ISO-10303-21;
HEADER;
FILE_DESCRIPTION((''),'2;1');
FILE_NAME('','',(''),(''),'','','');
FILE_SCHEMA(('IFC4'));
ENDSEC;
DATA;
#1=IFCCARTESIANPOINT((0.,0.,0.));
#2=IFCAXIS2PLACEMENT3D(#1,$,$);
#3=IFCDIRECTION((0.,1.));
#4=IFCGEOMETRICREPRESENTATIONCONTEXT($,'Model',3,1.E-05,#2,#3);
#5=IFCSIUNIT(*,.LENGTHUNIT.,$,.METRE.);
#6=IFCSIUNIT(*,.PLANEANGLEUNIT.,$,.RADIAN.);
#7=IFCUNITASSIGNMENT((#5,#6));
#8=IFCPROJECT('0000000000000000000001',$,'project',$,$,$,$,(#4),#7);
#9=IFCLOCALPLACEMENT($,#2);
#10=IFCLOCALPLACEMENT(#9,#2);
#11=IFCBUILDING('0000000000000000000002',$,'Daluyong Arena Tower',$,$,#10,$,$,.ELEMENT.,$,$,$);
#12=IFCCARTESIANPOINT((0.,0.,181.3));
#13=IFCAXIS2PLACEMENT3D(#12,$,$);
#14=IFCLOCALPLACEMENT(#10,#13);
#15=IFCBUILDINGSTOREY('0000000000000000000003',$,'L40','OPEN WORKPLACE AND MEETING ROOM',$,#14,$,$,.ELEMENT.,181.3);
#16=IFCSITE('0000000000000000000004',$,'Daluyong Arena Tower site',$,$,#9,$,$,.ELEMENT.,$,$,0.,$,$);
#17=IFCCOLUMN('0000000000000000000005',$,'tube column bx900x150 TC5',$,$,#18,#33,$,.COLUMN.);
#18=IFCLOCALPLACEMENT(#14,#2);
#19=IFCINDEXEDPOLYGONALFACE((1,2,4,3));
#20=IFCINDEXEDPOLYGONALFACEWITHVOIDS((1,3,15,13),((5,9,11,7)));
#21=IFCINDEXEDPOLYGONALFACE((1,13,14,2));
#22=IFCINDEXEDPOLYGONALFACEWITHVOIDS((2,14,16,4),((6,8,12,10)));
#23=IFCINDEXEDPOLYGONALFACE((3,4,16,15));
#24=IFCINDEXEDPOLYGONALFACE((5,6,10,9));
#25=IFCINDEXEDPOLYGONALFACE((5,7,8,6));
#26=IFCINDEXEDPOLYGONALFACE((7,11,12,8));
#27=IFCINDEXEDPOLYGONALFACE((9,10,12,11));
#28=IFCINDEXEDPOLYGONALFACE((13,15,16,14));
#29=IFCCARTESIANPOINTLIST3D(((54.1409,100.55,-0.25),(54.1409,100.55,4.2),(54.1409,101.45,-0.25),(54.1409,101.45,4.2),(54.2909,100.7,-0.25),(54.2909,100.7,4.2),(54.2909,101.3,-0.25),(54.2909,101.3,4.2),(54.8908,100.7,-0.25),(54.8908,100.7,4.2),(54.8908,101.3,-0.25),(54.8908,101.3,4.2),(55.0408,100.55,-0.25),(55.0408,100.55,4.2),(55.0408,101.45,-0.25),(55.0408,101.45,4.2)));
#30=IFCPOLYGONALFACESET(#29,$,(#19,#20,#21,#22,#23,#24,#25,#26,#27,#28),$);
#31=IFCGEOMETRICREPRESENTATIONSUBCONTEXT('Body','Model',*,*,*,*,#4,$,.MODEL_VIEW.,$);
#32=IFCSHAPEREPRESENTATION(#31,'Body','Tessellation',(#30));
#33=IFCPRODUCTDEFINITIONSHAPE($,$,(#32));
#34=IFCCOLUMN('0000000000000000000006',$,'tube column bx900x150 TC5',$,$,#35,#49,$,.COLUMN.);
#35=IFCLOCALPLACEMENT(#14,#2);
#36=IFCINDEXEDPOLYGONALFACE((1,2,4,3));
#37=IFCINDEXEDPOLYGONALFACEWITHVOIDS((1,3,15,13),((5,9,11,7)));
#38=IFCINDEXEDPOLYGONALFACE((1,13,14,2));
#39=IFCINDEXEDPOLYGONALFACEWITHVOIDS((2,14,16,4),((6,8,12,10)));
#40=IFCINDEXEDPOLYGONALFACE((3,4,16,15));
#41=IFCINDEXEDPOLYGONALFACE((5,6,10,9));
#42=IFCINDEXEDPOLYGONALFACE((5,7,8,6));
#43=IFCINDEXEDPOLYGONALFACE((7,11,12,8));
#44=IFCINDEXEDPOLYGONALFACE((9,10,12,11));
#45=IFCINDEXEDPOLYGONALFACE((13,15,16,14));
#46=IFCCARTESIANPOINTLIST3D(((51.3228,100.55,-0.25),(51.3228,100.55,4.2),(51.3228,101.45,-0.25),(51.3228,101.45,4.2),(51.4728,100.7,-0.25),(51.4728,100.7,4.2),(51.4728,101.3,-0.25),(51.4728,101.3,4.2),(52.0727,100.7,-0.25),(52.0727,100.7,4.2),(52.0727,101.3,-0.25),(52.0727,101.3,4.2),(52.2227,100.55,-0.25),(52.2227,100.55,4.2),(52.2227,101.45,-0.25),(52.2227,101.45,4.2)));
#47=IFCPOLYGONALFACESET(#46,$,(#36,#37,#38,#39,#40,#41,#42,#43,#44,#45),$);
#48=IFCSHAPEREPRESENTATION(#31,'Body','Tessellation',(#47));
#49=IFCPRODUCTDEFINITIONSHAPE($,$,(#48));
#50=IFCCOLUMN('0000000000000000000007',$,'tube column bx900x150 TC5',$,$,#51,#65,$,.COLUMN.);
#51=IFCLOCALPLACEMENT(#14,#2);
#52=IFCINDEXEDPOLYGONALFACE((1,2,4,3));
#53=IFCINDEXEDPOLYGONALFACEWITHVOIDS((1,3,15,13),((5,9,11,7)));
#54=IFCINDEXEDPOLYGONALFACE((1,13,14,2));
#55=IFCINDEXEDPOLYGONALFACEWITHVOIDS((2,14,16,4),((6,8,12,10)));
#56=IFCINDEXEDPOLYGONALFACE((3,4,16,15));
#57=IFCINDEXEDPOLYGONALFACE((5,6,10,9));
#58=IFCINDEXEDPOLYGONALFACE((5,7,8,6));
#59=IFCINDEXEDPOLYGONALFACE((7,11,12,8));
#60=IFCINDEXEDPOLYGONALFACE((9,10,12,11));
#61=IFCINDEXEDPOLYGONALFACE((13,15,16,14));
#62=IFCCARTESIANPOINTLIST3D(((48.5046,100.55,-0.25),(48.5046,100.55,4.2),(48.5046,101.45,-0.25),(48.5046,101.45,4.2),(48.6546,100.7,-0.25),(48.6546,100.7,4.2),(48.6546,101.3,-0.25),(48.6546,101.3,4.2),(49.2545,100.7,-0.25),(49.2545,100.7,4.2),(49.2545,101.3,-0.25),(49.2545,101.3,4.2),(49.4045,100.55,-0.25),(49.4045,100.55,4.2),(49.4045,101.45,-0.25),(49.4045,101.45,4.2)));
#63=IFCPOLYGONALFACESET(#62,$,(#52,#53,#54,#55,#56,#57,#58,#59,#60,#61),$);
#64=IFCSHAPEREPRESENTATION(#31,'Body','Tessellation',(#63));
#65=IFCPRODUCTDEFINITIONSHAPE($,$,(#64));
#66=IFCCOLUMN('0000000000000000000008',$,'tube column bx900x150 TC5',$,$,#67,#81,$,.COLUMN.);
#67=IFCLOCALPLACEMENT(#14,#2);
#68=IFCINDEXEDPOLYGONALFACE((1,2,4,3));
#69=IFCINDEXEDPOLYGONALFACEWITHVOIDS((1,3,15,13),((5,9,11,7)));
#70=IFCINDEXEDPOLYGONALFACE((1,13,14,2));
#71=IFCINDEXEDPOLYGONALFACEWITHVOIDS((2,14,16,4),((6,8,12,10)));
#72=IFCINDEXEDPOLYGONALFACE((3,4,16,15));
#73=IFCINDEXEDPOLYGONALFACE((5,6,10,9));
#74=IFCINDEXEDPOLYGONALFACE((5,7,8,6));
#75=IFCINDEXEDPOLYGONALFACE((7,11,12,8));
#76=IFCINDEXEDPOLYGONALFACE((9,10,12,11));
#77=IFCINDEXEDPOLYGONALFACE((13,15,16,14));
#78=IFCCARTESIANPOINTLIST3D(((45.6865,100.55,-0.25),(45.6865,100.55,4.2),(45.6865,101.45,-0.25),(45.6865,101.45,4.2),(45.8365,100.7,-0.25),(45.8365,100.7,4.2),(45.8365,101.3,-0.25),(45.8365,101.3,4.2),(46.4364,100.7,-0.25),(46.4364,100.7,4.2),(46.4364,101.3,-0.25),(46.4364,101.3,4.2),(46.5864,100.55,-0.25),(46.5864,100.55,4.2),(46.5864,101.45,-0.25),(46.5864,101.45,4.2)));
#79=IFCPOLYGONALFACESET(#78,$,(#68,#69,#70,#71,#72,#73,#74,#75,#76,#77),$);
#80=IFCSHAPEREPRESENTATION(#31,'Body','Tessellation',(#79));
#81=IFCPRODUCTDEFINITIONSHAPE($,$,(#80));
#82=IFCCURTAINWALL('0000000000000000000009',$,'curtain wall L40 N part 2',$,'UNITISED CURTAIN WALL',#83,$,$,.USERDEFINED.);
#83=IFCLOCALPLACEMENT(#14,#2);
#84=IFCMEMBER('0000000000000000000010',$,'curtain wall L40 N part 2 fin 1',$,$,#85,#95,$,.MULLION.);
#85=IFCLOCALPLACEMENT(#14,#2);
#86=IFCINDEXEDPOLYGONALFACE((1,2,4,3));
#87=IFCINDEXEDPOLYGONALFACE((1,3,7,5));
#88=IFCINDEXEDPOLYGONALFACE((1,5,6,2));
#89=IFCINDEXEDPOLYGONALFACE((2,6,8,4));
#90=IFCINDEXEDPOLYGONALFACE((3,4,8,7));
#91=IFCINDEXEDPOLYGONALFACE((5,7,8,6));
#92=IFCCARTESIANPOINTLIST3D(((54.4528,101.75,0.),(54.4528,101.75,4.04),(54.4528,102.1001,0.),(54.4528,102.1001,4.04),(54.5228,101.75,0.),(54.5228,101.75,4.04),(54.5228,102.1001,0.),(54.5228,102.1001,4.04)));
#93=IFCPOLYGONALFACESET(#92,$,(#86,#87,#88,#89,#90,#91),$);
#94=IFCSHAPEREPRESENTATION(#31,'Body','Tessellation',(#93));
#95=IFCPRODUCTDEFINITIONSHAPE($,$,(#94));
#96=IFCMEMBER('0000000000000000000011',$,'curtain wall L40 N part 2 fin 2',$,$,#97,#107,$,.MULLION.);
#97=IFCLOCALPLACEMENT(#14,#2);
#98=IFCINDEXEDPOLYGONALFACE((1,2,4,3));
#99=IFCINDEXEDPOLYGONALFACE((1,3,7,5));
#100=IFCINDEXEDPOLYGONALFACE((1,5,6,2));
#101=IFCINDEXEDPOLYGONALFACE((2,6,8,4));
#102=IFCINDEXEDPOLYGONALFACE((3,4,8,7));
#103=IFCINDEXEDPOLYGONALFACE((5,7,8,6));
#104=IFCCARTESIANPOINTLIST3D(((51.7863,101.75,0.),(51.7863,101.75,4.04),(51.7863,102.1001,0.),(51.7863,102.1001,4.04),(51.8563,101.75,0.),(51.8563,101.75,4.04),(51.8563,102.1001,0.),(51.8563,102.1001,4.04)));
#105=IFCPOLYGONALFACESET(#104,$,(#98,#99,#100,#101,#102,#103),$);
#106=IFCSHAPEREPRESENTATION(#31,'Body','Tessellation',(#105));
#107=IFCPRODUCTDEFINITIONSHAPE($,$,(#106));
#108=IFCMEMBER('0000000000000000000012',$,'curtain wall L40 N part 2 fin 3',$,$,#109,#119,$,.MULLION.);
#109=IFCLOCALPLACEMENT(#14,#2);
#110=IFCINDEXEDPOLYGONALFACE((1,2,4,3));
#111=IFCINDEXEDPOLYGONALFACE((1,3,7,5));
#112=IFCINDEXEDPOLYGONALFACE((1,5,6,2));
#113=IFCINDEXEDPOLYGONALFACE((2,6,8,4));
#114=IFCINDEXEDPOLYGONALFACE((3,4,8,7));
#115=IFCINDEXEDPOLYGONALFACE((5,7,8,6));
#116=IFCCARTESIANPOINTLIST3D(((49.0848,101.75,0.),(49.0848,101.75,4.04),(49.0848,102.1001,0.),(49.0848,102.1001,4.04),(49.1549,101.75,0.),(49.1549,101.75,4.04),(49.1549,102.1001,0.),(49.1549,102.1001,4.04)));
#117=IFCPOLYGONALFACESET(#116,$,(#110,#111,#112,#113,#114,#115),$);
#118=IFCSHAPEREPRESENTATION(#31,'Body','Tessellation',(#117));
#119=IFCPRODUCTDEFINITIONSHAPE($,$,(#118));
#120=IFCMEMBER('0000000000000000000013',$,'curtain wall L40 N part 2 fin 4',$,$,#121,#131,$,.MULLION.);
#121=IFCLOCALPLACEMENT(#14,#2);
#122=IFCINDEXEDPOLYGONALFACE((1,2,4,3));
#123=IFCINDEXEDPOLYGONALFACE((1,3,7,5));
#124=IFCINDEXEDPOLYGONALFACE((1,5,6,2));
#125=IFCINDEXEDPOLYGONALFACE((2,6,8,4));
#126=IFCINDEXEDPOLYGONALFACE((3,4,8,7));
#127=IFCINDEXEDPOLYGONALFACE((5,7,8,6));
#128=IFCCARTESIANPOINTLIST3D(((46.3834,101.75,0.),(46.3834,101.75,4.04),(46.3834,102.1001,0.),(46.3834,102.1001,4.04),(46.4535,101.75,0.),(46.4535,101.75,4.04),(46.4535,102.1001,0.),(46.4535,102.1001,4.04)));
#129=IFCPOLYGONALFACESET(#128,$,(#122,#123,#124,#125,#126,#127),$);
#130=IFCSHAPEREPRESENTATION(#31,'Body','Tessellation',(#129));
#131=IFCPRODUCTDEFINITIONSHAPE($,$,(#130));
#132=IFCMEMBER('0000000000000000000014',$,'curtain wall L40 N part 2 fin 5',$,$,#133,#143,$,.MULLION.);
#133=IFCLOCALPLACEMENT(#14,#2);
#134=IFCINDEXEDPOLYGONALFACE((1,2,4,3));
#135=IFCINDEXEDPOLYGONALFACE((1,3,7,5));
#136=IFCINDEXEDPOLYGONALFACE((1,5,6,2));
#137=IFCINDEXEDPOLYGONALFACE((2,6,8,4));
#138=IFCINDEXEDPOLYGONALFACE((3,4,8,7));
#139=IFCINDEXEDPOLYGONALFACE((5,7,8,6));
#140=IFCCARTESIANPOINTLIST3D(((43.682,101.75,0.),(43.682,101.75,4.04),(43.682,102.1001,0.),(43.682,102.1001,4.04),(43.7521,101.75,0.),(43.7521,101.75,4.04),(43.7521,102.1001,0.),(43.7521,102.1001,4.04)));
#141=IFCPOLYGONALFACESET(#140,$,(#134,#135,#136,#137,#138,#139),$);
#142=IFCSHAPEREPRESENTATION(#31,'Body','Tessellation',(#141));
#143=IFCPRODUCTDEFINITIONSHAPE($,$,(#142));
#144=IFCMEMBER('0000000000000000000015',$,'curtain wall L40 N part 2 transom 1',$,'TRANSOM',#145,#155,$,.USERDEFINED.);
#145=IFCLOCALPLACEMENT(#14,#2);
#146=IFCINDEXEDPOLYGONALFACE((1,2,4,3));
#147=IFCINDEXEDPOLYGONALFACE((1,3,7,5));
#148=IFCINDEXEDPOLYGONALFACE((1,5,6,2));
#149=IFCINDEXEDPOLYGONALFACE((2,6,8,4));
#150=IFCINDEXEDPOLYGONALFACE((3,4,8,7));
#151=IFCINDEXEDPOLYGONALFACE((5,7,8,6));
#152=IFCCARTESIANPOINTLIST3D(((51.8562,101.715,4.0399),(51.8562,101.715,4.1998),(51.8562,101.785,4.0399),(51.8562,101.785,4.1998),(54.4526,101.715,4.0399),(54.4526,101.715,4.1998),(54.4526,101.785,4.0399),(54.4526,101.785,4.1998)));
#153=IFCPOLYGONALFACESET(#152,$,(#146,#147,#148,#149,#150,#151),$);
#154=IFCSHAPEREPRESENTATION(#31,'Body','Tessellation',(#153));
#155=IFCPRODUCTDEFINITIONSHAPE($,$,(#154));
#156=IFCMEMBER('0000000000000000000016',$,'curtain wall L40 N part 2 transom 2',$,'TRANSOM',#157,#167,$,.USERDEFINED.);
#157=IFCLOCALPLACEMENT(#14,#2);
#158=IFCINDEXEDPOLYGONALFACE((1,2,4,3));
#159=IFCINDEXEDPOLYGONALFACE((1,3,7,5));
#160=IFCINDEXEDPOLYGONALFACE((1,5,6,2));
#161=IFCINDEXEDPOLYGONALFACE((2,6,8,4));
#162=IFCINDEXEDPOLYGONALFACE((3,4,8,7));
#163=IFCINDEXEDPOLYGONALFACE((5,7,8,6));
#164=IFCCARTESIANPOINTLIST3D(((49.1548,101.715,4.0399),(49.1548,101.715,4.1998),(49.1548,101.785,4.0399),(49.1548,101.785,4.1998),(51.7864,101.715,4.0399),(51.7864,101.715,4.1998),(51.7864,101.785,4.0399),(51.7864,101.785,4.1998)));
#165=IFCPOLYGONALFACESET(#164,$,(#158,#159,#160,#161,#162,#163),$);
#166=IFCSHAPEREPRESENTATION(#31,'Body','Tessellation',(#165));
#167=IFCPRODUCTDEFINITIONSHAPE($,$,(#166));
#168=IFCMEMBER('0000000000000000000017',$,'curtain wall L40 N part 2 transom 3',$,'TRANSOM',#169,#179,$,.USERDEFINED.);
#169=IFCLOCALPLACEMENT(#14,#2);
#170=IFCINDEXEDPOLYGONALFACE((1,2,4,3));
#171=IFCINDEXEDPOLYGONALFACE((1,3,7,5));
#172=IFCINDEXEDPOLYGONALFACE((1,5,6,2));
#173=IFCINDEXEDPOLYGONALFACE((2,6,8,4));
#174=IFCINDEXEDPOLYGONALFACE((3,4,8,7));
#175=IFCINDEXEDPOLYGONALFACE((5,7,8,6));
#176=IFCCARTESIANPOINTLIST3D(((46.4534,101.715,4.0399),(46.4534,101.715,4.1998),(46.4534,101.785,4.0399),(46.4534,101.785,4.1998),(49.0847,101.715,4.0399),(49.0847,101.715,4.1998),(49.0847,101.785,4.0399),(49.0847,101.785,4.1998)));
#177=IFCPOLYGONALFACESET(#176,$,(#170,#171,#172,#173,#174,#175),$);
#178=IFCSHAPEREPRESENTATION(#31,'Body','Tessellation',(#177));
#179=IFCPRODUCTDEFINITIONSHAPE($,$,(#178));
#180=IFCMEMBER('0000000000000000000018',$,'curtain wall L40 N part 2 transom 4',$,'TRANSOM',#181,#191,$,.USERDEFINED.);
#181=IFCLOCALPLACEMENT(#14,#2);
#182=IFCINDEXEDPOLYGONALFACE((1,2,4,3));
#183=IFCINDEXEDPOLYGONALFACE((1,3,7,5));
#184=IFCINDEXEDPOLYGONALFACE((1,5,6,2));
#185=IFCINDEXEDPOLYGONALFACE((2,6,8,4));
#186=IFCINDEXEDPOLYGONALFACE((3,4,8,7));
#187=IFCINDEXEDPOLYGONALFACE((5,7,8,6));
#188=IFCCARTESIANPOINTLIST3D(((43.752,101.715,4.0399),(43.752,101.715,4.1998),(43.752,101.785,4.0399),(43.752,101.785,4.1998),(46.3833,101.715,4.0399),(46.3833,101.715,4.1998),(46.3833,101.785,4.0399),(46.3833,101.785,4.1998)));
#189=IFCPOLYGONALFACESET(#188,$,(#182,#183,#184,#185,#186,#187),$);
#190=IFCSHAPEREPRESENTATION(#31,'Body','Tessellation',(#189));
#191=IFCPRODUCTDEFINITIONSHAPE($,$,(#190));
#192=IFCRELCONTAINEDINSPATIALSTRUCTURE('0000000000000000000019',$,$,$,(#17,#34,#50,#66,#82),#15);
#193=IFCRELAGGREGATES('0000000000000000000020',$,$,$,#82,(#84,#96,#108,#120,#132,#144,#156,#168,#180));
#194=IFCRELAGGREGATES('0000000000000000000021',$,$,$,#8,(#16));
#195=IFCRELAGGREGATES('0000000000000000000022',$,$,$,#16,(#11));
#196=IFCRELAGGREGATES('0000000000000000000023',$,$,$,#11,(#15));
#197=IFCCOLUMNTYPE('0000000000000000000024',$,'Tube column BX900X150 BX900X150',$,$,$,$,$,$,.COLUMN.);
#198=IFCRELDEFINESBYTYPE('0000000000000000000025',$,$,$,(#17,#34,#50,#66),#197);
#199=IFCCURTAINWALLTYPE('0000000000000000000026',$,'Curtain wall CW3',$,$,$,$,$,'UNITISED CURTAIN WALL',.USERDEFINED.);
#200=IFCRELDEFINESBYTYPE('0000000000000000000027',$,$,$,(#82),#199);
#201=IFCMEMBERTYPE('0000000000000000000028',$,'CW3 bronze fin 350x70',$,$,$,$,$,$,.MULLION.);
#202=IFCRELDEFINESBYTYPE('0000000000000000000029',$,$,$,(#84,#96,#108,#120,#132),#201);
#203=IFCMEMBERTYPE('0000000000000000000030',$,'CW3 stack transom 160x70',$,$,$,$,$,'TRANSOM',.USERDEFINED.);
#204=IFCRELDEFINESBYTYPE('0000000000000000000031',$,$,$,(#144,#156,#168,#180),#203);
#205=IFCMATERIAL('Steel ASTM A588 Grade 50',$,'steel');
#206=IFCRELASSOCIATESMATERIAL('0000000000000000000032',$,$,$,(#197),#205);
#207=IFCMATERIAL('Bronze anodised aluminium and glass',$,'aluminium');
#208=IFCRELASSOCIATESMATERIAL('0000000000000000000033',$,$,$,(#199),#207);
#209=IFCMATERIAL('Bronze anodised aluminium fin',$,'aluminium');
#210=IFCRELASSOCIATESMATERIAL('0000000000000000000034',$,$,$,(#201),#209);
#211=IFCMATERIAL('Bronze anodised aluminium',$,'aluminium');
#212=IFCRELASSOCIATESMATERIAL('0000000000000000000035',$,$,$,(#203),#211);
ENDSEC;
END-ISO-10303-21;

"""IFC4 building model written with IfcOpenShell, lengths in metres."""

from ifc_helpers import new_model, si_unit, direction, frame, origin, origin_2d, place, context, subcontext, project, spatial, rectangle, hollow_rectangle, extrude, material, material_profile, profile_set, type_object, element, aggregate, save


model = new_model("IFC4")

# Units and contexts
model_context = context("Model", 3, precision=1e-05, world=origin(), true_north=direction((0.0, 1.0)))
body_context = subcontext(model_context, "Body", "Model", "MODEL_VIEW")
ifc_project = project(units=[si_unit("LENGTHUNIT", "METRE"), si_unit("PLANEANGLEUNIT", "RADIAN")], contexts=[model_context])

# Site, building, storey
site_placement = place(None, origin())
site = spatial("IfcSite", under=ifc_project, at=site_placement, Name="Daluyong Arena Tower site", CompositionType="ELEMENT", RefElevation=0.0)
building_placement = place(site_placement, origin())
building = spatial("IfcBuilding", under=site, at=building_placement, Name="Daluyong Arena Tower", CompositionType="ELEMENT")
storey_placement = place(building_placement, frame((0.0, 0.0, 181.3)))
storey = spatial("IfcBuildingStorey", under=building, at=storey_placement, Name="L40", Description="OPEN WORKPLACE AND MEETING ROOM", CompositionType="ELEMENT", Elevation=181.3)

# Columns
ifc_material_1 = material(Name="Steel ASTM A588 Grade 50", Category="steel")
ifc_material_profile_1 = material_profile(ifc_material_1, hollow_rectangle(XDim=0.8999, YDim=0.8999, WallThickness=0.15, at=origin_2d()))
ifc_profile_set_1 = profile_set([ifc_material_profile_1], Name="Steel ASTM A588 Grade 50")
column_type = type_object("IfcColumnType", Name="Tube column BX900X150 BX900X150", PredefinedType="COLUMN", material=ifc_profile_set_1)
for number, where, z_axis, x_axis, name in (
    (1, (54.5908, 101.0, -0.25), (0.0, 0.0, 1.0), (1.0, 0.0, 0.0), "tube column bx900x150 TC5"),
    (2, (51.7727, 101.0, -0.25), (0.0, 0.0, 1.0), (1.0, 0.0, 0.0), "tube column bx900x150 TC5"),
    (3, (48.9546, 101.0, -0.25), (0.0, 0.0, 1.0), (1.0, 0.0, 0.0), "tube column bx900x150 TC5"),
    (4, (46.1365, 101.0, -0.25), (0.0, 0.0, 1.0), (1.0, 0.0, 0.0), "tube column bx900x150 TC5"),
):
    element("IfcColumn", number, at=place(storey_placement, frame(where, z_axis=z_axis, x_axis=x_axis)), inside=storey, type_object=column_type, Name=name, PredefinedType="COLUMN", context=body_context, shape_type="SweptSolid", body=[
        extrude(hollow_rectangle(XDim=0.8999, YDim=0.8999, WallThickness=0.15, at=origin_2d()), origin(), (0.0, 0.0, 1.0), 4.45),
    ])

# Curtain wall, members
ifc_material_2 = material(Name="Bronze anodised aluminium and glass", Category="aluminium")
curtain_wall_type = type_object("IfcCurtainWallType", Name="Curtain wall CW3", ElementType="UNITISED CURTAIN WALL", PredefinedType="USERDEFINED", material=ifc_material_2)
curtain_wall_placement = place(storey_placement, origin())
curtain_wall = element("IfcCurtainWall", 5, at=curtain_wall_placement, inside=storey, type_object=curtain_wall_type, Name="curtain wall L40 N part 2", ObjectType="UNITISED CURTAIN WALL", PredefinedType="USERDEFINED")
ifc_material_3 = material(Name="Bronze anodised aluminium fin", Category="aluminium")
ifc_material_profile_2 = material_profile(ifc_material_3, rectangle(XDim=0.3501, YDim=0.0701, at=origin_2d()))
ifc_profile_set_2 = profile_set([ifc_material_profile_2], Name="Bronze anodised aluminium fin")
member_type_1 = type_object("IfcMemberType", Name="CW3 bronze fin 350x70", PredefinedType="MULLION", material=ifc_profile_set_2)
member_1_placement = place(storey_placement, frame((54.4878, 101.925, 0.0), z_axis=(0.0, 0.0, 1.0), x_axis=(0.0, -1.0, 0.0)))
member_1 = element("IfcMember", 6, at=member_1_placement, type_object=member_type_1, Name="curtain wall L40 N part 2 fin 1", PredefinedType="MULLION", context=body_context, shape_type="SweptSolid", body=[
    extrude(rectangle(XDim=0.3501, YDim=0.0701, at=origin_2d()), origin(), (0.0, 0.0, 1.0), 4.04),
])
member_2_placement = place(storey_placement, frame((51.8213, 101.925, 0.0), z_axis=(0.0, 0.0, 1.0), x_axis=(0.0, -1.0, 0.0)))
member_2 = element("IfcMember", 7, at=member_2_placement, type_object=member_type_1, Name="curtain wall L40 N part 2 fin 2", PredefinedType="MULLION", context=body_context, shape_type="SweptSolid", body=[
    extrude(rectangle(XDim=0.3501, YDim=0.0701, at=origin_2d()), origin(), (0.0, 0.0, 1.0), 4.04),
])
member_3_placement = place(storey_placement, frame((49.1199, 101.925, 0.0), z_axis=(0.0, 0.0, 1.0), x_axis=(0.0, -1.0, 0.0)))
member_3 = element("IfcMember", 8, at=member_3_placement, type_object=member_type_1, Name="curtain wall L40 N part 2 fin 3", PredefinedType="MULLION", context=body_context, shape_type="SweptSolid", body=[
    extrude(rectangle(XDim=0.3501, YDim=0.0701, at=origin_2d()), origin(), (0.0, 0.0, 1.0), 4.04),
])
member_4_placement = place(storey_placement, frame((46.4185, 101.925, 0.0), z_axis=(0.0, 0.0, 1.0), x_axis=(0.0, -1.0, 0.0)))
member_4 = element("IfcMember", 9, at=member_4_placement, type_object=member_type_1, Name="curtain wall L40 N part 2 fin 4", PredefinedType="MULLION", context=body_context, shape_type="SweptSolid", body=[
    extrude(rectangle(XDim=0.3501, YDim=0.0701, at=origin_2d()), origin(), (0.0, 0.0, 1.0), 4.04),
])
member_5_placement = place(storey_placement, frame((43.717, 101.925, 0.0), z_axis=(0.0, 0.0, 1.0), x_axis=(0.0, -1.0, 0.0)))
member_5 = element("IfcMember", 10, at=member_5_placement, type_object=member_type_1, Name="curtain wall L40 N part 2 fin 5", PredefinedType="MULLION", context=body_context, shape_type="SweptSolid", body=[
    extrude(rectangle(XDim=0.3501, YDim=0.0701, at=origin_2d()), origin(), (0.0, 0.0, 1.0), 4.04),
])
ifc_material_4 = material(Name="Bronze anodised aluminium", Category="aluminium")
ifc_material_profile_3 = material_profile(ifc_material_4, rectangle(XDim=0.0701, YDim=0.1599, at=origin_2d()))
ifc_profile_set_3 = profile_set([ifc_material_profile_3], Name="Bronze anodised aluminium")
member_type_2 = type_object("IfcMemberType", Name="CW3 stack transom 160x70", ElementType="TRANSOM", PredefinedType="USERDEFINED", material=ifc_profile_set_3)
member_6_placement = place(storey_placement, frame((54.4526, 101.75, 4.1199), z_axis=(-1.0, 0.0, 0.0), x_axis=(0.0, -1.0, 0.0)))
member_6 = element("IfcMember", 11, at=member_6_placement, type_object=member_type_2, Name="curtain wall L40 N part 2 transom 1", ObjectType="TRANSOM", PredefinedType="USERDEFINED", context=body_context, shape_type="SweptSolid", body=[
    extrude(rectangle(XDim=0.0701, YDim=0.1599, at=origin_2d()), origin(), (0.0, 0.0, 1.0), 2.5964),
])
member_7_placement = place(storey_placement, frame((51.7864, 101.75, 4.1199), z_axis=(-1.0, 0.0, 0.0), x_axis=(0.0, -1.0, 0.0)))
member_7 = element("IfcMember", 12, at=member_7_placement, type_object=member_type_2, Name="curtain wall L40 N part 2 transom 2", ObjectType="TRANSOM", PredefinedType="USERDEFINED", context=body_context, shape_type="SweptSolid", body=[
    extrude(rectangle(XDim=0.0701, YDim=0.1599, at=origin_2d()), origin(), (0.0, 0.0, 1.0), 2.6316),
])
member_8_placement = place(storey_placement, frame((49.0847, 101.75, 4.1199), z_axis=(-1.0, 0.0, 0.0), x_axis=(0.0, -1.0, 0.0)))
member_8 = element("IfcMember", 13, at=member_8_placement, type_object=member_type_2, Name="curtain wall L40 N part 2 transom 3", ObjectType="TRANSOM", PredefinedType="USERDEFINED", context=body_context, shape_type="SweptSolid", body=[
    extrude(rectangle(XDim=0.0701, YDim=0.1599, at=origin_2d()), origin(), (0.0, 0.0, 1.0), 2.6313),
])
member_9_placement = place(storey_placement, frame((46.3833, 101.75, 4.1199), z_axis=(-1.0, 0.0, 0.0), x_axis=(0.0, -1.0, 0.0)))
member_9 = element("IfcMember", 14, at=member_9_placement, type_object=member_type_2, Name="curtain wall L40 N part 2 transom 4", ObjectType="TRANSOM", PredefinedType="USERDEFINED", context=body_context, shape_type="SweptSolid", body=[
    extrude(rectangle(XDim=0.0701, YDim=0.1599, at=origin_2d()), origin(), (0.0, 0.0, 1.0), 2.6313),
])

aggregate(curtain_wall, [member_1, member_2, member_3, member_4, member_5, member_6, member_7, member_8, member_9])

save(model, "model.ifc")
